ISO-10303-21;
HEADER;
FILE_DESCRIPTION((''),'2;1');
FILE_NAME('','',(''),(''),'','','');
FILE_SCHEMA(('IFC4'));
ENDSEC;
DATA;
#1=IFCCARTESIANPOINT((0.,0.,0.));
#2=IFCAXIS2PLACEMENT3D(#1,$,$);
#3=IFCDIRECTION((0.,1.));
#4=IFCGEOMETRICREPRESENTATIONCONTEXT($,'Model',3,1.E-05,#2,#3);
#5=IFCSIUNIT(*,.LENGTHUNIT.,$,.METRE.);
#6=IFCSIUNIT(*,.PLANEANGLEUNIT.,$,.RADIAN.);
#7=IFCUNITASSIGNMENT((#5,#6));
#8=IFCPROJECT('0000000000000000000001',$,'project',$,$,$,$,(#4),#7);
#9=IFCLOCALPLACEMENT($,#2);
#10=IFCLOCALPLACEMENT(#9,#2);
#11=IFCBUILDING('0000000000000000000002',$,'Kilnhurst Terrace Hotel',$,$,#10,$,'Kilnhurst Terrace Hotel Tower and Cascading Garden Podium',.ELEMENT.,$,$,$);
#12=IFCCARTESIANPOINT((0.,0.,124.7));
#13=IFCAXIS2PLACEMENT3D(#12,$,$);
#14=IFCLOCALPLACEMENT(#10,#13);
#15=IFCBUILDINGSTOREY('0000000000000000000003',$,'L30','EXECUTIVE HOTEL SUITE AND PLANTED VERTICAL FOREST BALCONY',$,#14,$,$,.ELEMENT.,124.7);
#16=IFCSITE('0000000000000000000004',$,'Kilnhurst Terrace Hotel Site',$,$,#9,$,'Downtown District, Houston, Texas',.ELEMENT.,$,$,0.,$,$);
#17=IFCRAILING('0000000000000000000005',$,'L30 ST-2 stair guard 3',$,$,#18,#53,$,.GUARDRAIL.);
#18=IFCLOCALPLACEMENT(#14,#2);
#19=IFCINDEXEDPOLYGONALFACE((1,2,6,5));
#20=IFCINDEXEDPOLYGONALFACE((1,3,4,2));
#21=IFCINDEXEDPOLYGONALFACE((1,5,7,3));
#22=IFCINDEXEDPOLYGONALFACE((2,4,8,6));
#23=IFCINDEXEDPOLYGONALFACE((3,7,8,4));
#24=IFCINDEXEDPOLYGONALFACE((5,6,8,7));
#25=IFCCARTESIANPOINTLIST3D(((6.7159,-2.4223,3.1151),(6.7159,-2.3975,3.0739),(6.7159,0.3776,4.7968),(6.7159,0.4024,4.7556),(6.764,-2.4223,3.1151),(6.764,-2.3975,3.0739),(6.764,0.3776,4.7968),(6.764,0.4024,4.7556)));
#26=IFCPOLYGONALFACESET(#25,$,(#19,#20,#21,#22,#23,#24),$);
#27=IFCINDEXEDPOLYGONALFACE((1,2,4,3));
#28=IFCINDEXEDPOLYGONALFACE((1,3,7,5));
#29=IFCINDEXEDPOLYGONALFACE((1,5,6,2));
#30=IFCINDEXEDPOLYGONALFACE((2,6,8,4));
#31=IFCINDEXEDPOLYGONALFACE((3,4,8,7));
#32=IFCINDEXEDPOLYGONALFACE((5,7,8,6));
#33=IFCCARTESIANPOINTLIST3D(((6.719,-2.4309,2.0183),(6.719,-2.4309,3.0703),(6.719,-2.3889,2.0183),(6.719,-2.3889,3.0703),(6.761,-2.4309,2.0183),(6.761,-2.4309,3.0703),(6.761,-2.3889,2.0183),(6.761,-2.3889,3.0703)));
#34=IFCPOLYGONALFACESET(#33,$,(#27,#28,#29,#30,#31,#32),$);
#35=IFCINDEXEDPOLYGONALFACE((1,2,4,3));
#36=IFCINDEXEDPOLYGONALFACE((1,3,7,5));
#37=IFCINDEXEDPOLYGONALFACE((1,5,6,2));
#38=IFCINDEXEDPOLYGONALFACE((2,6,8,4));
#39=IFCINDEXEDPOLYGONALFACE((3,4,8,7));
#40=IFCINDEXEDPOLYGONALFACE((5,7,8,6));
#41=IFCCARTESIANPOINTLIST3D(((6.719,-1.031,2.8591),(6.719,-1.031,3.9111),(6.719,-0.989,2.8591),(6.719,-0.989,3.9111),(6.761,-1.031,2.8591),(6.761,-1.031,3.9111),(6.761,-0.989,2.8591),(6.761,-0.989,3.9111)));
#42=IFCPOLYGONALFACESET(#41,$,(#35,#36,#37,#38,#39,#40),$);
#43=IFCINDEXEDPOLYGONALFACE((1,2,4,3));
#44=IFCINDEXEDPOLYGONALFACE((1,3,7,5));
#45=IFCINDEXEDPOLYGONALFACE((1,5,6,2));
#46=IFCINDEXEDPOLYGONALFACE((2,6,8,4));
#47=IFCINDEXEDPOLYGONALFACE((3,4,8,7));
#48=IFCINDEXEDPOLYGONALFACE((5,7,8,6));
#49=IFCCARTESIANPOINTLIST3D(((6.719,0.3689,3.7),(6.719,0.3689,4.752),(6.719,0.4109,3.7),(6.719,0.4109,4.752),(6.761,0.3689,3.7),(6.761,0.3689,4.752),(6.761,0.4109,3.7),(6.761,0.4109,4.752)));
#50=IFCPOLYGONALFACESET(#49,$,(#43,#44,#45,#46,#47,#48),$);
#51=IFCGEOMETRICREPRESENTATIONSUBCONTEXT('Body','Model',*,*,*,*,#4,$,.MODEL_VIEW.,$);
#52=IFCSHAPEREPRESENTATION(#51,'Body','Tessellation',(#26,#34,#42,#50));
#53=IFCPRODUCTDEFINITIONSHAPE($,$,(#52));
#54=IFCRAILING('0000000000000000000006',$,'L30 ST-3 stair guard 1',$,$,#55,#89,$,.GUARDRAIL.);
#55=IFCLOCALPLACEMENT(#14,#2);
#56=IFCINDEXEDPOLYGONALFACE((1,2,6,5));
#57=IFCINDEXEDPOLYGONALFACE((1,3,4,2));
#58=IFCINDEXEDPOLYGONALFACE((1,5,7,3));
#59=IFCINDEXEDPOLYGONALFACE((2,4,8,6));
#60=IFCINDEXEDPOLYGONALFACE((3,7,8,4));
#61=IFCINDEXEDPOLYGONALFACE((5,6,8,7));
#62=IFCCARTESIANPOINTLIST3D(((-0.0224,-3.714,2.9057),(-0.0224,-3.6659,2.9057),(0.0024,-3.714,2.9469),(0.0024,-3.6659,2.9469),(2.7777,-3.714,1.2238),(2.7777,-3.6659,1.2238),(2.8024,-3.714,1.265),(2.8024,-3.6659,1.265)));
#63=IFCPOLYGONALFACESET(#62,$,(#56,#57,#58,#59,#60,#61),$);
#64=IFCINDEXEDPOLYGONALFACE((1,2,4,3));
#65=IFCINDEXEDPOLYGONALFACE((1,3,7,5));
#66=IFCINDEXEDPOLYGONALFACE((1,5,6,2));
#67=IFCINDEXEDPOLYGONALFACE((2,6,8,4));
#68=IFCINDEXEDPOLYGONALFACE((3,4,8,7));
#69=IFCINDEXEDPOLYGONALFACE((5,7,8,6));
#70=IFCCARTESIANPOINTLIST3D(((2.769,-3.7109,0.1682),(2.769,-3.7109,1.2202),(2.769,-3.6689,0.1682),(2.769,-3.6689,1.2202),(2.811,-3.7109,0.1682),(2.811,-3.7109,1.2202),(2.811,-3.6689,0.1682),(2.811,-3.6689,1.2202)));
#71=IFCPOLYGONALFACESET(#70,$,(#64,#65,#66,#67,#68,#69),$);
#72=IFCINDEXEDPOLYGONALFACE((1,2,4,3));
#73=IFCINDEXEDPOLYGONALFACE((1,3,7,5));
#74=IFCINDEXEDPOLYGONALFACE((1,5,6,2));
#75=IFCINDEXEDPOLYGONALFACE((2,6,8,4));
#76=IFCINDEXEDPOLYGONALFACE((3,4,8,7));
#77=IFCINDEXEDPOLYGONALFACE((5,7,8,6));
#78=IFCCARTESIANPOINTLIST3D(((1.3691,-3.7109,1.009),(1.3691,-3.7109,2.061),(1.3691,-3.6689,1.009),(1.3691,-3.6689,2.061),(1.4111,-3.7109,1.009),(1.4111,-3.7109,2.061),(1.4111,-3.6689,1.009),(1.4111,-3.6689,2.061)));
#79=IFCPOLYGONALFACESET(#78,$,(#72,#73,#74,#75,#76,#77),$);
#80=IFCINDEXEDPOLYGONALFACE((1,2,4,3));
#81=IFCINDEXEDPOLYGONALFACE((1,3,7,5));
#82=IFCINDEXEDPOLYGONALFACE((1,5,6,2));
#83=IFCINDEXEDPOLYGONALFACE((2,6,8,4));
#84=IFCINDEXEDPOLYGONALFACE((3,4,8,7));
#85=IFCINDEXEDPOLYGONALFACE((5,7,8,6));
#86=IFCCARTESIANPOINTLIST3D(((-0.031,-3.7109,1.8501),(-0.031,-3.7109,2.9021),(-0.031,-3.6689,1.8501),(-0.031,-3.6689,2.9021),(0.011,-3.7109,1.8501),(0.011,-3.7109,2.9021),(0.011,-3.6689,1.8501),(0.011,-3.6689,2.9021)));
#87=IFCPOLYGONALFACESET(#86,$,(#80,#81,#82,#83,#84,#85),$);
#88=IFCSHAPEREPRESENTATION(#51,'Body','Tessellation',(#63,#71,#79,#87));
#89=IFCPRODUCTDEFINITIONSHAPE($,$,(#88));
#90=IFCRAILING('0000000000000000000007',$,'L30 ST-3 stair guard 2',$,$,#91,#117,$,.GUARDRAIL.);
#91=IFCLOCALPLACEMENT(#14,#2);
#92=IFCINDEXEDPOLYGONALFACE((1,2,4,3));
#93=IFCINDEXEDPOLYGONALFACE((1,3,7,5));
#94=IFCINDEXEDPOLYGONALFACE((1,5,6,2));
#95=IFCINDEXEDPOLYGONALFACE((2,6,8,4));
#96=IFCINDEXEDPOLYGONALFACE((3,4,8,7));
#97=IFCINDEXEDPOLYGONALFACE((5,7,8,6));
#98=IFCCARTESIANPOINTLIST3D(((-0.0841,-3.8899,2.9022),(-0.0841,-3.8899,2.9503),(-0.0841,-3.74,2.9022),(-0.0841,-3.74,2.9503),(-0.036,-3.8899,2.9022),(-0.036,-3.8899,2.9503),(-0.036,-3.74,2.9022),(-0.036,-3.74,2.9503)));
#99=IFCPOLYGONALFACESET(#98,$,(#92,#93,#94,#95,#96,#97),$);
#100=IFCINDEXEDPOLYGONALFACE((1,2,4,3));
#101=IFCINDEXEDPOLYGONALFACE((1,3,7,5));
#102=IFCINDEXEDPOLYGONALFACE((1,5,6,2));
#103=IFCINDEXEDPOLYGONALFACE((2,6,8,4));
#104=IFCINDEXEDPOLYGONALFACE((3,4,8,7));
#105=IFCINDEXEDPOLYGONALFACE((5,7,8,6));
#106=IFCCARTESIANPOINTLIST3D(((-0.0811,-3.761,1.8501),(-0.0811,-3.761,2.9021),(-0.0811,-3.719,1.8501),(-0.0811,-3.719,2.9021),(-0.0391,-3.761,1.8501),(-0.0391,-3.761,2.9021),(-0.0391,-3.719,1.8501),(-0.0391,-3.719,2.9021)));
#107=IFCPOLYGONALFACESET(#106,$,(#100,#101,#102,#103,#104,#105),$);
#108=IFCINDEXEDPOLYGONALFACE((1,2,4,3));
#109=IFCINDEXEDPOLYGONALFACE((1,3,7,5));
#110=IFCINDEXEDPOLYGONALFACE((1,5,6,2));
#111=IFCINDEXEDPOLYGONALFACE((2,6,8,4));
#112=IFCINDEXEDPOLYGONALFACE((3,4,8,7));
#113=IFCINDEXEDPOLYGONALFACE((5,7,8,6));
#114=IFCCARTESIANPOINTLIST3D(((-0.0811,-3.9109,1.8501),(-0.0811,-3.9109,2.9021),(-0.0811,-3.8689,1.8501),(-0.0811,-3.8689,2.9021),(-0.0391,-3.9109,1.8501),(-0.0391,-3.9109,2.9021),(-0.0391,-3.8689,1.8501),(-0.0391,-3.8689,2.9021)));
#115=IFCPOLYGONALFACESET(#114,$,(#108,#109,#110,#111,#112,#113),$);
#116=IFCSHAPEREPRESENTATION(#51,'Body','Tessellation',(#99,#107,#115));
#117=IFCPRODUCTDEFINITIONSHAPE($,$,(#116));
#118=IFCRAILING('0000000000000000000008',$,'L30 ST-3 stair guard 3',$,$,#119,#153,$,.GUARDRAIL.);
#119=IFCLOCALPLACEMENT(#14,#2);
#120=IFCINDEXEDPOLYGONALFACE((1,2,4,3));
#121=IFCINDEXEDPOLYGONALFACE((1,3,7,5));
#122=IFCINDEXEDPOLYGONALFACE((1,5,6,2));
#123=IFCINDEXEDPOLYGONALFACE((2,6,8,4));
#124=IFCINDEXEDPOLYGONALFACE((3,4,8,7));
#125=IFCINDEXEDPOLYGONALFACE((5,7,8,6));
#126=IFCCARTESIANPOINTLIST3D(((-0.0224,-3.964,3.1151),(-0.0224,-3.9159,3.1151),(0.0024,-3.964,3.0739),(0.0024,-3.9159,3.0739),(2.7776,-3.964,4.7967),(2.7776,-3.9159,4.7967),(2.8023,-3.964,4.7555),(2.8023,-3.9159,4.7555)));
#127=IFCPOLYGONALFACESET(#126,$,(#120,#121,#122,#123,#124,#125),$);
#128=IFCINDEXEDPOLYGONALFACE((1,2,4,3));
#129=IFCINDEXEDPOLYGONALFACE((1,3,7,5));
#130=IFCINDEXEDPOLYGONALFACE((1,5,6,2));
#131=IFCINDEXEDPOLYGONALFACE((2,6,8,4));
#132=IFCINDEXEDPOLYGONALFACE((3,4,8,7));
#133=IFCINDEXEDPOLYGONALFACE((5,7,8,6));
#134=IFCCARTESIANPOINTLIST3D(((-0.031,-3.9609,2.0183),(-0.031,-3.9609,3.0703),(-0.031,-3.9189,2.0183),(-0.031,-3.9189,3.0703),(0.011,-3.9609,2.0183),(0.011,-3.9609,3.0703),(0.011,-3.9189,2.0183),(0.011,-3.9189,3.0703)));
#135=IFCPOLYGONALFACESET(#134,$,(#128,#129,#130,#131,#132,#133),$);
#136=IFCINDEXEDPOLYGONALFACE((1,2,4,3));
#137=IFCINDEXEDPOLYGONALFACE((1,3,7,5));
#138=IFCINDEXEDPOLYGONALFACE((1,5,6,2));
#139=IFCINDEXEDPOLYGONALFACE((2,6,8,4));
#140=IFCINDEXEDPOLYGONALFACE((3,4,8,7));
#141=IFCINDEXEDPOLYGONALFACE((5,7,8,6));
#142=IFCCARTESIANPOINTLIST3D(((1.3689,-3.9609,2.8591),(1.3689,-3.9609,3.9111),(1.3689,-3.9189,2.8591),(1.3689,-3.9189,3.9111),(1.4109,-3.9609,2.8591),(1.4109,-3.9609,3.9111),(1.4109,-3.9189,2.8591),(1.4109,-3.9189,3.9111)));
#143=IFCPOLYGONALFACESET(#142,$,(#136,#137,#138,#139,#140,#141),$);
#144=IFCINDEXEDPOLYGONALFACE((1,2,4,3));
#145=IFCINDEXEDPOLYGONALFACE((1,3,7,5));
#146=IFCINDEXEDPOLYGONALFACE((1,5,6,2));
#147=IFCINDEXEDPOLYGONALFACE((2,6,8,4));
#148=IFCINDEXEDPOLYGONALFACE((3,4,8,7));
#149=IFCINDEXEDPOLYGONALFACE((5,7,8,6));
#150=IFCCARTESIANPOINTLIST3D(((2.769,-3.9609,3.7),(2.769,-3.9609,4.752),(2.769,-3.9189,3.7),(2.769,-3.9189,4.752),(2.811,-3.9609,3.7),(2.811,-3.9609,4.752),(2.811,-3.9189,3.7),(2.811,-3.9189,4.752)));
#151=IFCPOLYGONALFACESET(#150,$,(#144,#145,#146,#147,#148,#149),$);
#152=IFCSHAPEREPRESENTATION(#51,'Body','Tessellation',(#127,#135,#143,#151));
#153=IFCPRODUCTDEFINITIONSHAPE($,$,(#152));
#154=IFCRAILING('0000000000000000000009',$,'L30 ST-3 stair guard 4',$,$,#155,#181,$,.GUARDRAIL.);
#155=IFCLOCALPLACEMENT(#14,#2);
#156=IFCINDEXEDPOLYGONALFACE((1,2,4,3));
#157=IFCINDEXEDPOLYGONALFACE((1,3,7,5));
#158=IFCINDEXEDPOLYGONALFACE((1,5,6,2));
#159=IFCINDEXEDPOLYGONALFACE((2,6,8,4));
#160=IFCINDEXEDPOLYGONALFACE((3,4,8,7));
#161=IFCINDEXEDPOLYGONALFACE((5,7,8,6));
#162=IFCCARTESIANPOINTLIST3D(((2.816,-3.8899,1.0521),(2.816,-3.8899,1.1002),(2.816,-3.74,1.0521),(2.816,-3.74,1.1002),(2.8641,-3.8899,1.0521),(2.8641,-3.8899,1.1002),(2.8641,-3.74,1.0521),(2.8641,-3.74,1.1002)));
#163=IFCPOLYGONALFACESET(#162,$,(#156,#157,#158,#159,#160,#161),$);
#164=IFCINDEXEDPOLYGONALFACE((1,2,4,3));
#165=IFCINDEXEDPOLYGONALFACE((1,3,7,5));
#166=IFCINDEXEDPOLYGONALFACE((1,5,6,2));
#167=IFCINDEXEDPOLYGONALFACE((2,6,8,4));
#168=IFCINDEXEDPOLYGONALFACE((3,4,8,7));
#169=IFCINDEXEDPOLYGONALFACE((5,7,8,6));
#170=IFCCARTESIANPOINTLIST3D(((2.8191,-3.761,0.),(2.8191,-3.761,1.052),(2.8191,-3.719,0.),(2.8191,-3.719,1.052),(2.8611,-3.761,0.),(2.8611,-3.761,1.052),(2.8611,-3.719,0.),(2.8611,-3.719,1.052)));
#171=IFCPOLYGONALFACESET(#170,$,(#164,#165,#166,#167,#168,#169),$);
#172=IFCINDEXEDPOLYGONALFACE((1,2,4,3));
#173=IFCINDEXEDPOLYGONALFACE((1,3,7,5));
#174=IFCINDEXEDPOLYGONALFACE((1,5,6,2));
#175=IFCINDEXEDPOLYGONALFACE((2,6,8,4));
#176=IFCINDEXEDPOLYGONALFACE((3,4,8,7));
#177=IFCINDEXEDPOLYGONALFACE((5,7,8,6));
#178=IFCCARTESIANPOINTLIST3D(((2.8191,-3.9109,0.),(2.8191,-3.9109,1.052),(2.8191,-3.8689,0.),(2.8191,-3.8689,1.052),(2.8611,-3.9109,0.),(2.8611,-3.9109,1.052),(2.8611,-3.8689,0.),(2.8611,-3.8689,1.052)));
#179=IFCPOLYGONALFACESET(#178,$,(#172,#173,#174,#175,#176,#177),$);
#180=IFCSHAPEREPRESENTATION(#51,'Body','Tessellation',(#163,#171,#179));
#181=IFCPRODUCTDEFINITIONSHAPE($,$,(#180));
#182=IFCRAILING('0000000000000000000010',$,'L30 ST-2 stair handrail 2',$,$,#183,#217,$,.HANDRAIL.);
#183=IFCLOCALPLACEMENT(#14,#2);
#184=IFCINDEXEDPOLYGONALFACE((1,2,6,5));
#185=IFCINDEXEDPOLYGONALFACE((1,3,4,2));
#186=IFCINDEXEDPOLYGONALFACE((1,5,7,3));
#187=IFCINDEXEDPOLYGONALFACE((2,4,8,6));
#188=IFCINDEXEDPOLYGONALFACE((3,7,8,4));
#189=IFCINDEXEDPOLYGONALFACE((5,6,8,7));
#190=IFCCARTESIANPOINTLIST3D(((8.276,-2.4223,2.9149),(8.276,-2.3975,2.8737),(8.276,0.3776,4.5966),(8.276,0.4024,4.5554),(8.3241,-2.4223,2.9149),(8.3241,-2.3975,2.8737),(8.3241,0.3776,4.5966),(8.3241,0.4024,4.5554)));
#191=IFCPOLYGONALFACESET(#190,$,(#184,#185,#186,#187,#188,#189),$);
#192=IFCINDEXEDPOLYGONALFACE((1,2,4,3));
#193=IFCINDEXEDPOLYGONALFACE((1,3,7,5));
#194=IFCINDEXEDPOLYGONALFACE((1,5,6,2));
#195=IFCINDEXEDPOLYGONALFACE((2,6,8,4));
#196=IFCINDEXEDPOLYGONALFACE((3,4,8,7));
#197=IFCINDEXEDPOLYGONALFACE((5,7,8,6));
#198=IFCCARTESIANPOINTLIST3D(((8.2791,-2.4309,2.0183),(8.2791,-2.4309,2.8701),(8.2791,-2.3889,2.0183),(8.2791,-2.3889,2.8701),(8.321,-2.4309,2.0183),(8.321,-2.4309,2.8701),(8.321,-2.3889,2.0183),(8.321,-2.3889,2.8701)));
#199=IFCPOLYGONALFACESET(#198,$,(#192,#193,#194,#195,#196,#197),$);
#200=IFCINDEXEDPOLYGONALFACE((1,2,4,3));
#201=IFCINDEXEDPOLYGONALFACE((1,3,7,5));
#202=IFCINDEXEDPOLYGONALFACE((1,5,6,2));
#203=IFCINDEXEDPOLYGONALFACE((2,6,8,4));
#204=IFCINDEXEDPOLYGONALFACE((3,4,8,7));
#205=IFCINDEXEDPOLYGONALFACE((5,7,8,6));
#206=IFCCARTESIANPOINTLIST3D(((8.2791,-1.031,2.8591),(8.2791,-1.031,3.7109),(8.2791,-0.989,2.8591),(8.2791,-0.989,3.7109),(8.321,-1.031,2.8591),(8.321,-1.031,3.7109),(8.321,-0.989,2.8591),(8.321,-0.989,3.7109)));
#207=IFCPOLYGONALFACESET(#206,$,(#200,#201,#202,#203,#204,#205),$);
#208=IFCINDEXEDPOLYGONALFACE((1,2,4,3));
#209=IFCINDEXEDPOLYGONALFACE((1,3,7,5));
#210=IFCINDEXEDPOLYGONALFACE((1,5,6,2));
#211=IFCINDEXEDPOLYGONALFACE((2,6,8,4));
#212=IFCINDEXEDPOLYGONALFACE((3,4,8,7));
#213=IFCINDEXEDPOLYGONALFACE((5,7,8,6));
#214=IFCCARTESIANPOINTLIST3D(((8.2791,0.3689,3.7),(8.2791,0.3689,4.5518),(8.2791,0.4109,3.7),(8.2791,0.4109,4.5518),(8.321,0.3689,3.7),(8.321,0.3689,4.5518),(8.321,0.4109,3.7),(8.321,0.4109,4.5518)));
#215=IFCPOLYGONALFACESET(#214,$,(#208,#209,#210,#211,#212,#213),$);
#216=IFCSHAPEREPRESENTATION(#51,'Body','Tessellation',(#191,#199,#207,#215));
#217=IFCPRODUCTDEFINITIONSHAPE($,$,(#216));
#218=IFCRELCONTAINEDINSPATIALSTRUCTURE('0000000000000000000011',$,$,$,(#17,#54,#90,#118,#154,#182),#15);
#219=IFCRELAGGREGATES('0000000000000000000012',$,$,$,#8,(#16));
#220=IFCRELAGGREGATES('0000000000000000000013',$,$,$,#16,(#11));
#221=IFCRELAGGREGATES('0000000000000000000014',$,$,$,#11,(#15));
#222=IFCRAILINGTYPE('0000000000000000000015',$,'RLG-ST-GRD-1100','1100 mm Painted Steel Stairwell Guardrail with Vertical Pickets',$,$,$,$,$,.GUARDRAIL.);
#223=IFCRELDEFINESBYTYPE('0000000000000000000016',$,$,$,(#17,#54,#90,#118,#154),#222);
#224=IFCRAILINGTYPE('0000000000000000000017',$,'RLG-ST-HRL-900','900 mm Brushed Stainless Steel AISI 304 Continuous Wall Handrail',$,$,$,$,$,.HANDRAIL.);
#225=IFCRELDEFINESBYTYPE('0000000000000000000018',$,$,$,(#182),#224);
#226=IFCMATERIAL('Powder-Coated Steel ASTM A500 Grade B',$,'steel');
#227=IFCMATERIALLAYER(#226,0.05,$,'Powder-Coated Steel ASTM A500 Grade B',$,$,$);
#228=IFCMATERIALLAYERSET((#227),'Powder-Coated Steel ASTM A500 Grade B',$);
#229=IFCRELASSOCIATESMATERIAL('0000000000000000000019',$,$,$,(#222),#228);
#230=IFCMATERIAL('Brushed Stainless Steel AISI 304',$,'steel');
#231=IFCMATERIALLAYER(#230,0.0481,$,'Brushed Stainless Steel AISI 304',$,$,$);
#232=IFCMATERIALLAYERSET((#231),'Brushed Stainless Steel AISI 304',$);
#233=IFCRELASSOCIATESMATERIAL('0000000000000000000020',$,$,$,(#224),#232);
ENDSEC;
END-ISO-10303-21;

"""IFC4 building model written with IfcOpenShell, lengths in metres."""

from ifc_helpers import new_model, si_unit, direction, frame, origin, origin_2d, place, context, subcontext, project, spatial, rectangle, extrude, material, layer, layer_set, type_object, element, save


model = new_model("IFC4")

# Units and contexts
model_context = context("Model", 3, precision=1e-05, world=origin(), true_north=direction((0.0, 1.0)))
body_context = subcontext(model_context, "Body", "Model", "MODEL_VIEW")
ifc_project = project(units=[si_unit("LENGTHUNIT", "METRE"), si_unit("PLANEANGLEUNIT", "RADIAN")], contexts=[model_context])

# Site, building, storey
site_placement = place(None, origin())
site = spatial("IfcSite", under=ifc_project, at=site_placement, Name="Kilnhurst Terrace Hotel Site", LongName="Downtown District, Houston, Texas", CompositionType="ELEMENT", RefElevation=0.0)
building_placement = place(site_placement, origin())
building = spatial("IfcBuilding", under=site, at=building_placement, Name="Kilnhurst Terrace Hotel", LongName="Kilnhurst Terrace Hotel Tower and Cascading Garden Podium", CompositionType="ELEMENT")
storey_placement = place(building_placement, frame((0.0, 0.0, 124.7)))
storey = spatial("IfcBuildingStorey", under=building, at=storey_placement, Name="L30", Description="EXECUTIVE HOTEL SUITE AND PLANTED VERTICAL FOREST BALCONY", CompositionType="ELEMENT", Elevation=124.7)

# Railings
ifc_material_1 = material(Name="Powder-Coated Steel ASTM A500 Grade B", Category="steel")
ifc_layer_1 = layer(ifc_material_1, 0.05, Name="Powder-Coated Steel ASTM A500 Grade B")
ifc_layer_set_1 = layer_set([ifc_layer_1], Name="Powder-Coated Steel ASTM A500 Grade B")
railing_type_1 = type_object("IfcRailingType", Name="RLG-ST-GRD-1100", Description="1100 mm Painted Steel Stairwell Guardrail with Vertical Pickets", PredefinedType="GUARDRAIL", material=ifc_layer_set_1)
railing_1_placement = place(storey_placement, frame((6.74, -2.4099, 2.0183)))
element("IfcRailing", 1, at=railing_1_placement, inside=storey, type_object=railing_type_1, Name="L30 ST-2 stair guard 3", PredefinedType="GUARDRAIL", context=body_context, shape_type="SweptSolid", body=[
    extrude(rectangle(XDim=0.0481, YDim=0.0481, at=origin_2d()), frame((0.0, 0.0, 1.0762), z_axis=(0.0, 0.857255, 0.514891), x_axis=(-1.0, 0.0, 0.0)), (0.0, 0.0, 1.0), 3.2661),
    extrude(rectangle(XDim=0.042, YDim=0.042, at=origin_2d()), origin(), (0.0, 0.0, 1.0), 1.052),
    extrude(rectangle(XDim=0.042, YDim=0.042, at=origin_2d()), frame((0.0, 1.3999, 0.8408)), (0.0, 0.0, 1.0), 1.052),
    extrude(rectangle(XDim=0.042, YDim=0.042, at=origin_2d()), frame((0.0, 2.7998, 1.6816)), (0.0, 0.0, 1.0), 1.052),
])
railing_2_placement = place(storey_placement, frame((2.79, -3.6899, 0.1682)))
element("IfcRailing", 2, at=railing_2_placement, inside=storey, type_object=railing_type_1, Name="L30 ST-3 stair guard 1", PredefinedType="GUARDRAIL", context=body_context, shape_type="SweptSolid", body=[
    extrude(rectangle(XDim=0.0481, YDim=0.0481, at=origin_2d()), frame((0.0, 0.0, 1.0762), z_axis=(-0.857242, 0.0, 0.514913), x_axis=(0.0, -1.0, 0.0)), (0.0, 0.0, 1.0), 3.2664),
    extrude(rectangle(XDim=0.042, YDim=0.042, at=origin_2d()), origin(), (0.0, 0.0, 1.0), 1.052),
    extrude(rectangle(XDim=0.042, YDim=0.042, at=origin_2d()), frame((-1.3999, 0.0, 0.8408)), (0.0, 0.0, 1.0), 1.052),
    extrude(rectangle(XDim=0.042, YDim=0.042, at=origin_2d()), frame((-2.8, 0.0, 1.6819)), (0.0, 0.0, 1.0), 1.052),
])
railing_3_placement = place(storey_placement, frame((-0.0601, -3.74, 1.8501)))
element("IfcRailing", 3, at=railing_3_placement, inside=storey, type_object=railing_type_1, Name="L30 ST-3 stair guard 2", PredefinedType="GUARDRAIL", context=body_context, shape_type="SweptSolid", body=[
    extrude(rectangle(XDim=0.0481, YDim=0.0481, at=origin_2d()), frame((0.0, 0.0, 1.0762), z_axis=(0.0, -1.0, 0.0), x_axis=(1.0, 0.0, 0.0)), (0.0, 0.0, 1.0), 0.1499),
    extrude(rectangle(XDim=0.042, YDim=0.042, at=origin_2d()), origin(), (0.0, 0.0, 1.0), 1.052),
    extrude(rectangle(XDim=0.042, YDim=0.042, at=origin_2d()), frame((0.0, -0.1499, 0.0)), (0.0, 0.0, 1.0), 1.052),
])
railing_4_placement = place(storey_placement, frame((-0.01, -3.9399, 2.0183)))
element("IfcRailing", 4, at=railing_4_placement, inside=storey, type_object=railing_type_1, Name="L30 ST-3 stair guard 3", PredefinedType="GUARDRAIL", context=body_context, shape_type="SweptSolid", body=[
    extrude(rectangle(XDim=0.0481, YDim=0.0481, at=origin_2d()), frame((0.0, 0.0, 1.0762), z_axis=(0.857275, 0.0, 0.514858), x_axis=(0.0, 1.0, 0.0)), (0.0, 0.0, 1.0), 3.2661),
    extrude(rectangle(XDim=0.042, YDim=0.042, at=origin_2d()), origin(), (0.0, 0.0, 1.0), 1.052),
    extrude(rectangle(XDim=0.042, YDim=0.042, at=origin_2d()), frame((1.3999, 0.0, 0.8408)), (0.0, 0.0, 1.0), 1.052),
    extrude(rectangle(XDim=0.042, YDim=0.042, at=origin_2d()), frame((2.8, 0.0, 1.6816)), (0.0, 0.0, 1.0), 1.052),
])
railing_5_placement = place(storey_placement, frame((2.8401, -3.74, 0.0)))
element("IfcRailing", 5, at=railing_5_placement, inside=storey, type_object=railing_type_1, Name="L30 ST-3 stair guard 4", PredefinedType="GUARDRAIL", context=body_context, shape_type="SweptSolid", body=[
    extrude(rectangle(XDim=0.0481, YDim=0.0481, at=origin_2d()), frame((0.0, 0.0, 1.0762), z_axis=(0.0, -1.0, 0.0), x_axis=(1.0, 0.0, 0.0)), (0.0, 0.0, 1.0), 0.1499),
    extrude(rectangle(XDim=0.042, YDim=0.042, at=origin_2d()), origin(), (0.0, 0.0, 1.0), 1.052),
    extrude(rectangle(XDim=0.042, YDim=0.042, at=origin_2d()), frame((0.0, -0.1499, 0.0)), (0.0, 0.0, 1.0), 1.052),
])
ifc_material_2 = material(Name="Brushed Stainless Steel AISI 304", Category="steel")
ifc_layer_2 = layer(ifc_material_2, 0.0481, Name="Brushed Stainless Steel AISI 304")
ifc_layer_set_2 = layer_set([ifc_layer_2], Name="Brushed Stainless Steel AISI 304")
railing_type_2 = type_object("IfcRailingType", Name="RLG-ST-HRL-900", Description="900 mm Brushed Stainless Steel AISI 304 Continuous Wall Handrail", PredefinedType="HANDRAIL", material=ifc_layer_set_2)
railing_6_placement = place(storey_placement, frame((8.3, -2.4099, 2.0183)))
element("IfcRailing", 6, at=railing_6_placement, inside=storey, type_object=railing_type_2, Name="L30 ST-2 stair handrail 2", PredefinedType="HANDRAIL", context=body_context, shape_type="SweptSolid", body=[
    extrude(rectangle(XDim=0.0481, YDim=0.0481, at=origin_2d()), frame((0.0, 0.0, 0.876), z_axis=(0.0, 0.857255, 0.514891), x_axis=(-1.0, 0.0, 0.0)), (0.0, 0.0, 1.0), 3.2661),
    extrude(rectangle(XDim=0.042, YDim=0.042, at=origin_2d()), origin(), (0.0, 0.0, 1.0), 0.8518),
    extrude(rectangle(XDim=0.042, YDim=0.042, at=origin_2d()), frame((0.0, 1.3999, 0.8408)), (0.0, 0.0, 1.0), 0.8518),
    extrude(rectangle(XDim=0.042, YDim=0.042, at=origin_2d()), frame((0.0, 2.7998, 1.6816)), (0.0, 0.0, 1.0), 0.8518),
])

save(model, "model.ifc")
